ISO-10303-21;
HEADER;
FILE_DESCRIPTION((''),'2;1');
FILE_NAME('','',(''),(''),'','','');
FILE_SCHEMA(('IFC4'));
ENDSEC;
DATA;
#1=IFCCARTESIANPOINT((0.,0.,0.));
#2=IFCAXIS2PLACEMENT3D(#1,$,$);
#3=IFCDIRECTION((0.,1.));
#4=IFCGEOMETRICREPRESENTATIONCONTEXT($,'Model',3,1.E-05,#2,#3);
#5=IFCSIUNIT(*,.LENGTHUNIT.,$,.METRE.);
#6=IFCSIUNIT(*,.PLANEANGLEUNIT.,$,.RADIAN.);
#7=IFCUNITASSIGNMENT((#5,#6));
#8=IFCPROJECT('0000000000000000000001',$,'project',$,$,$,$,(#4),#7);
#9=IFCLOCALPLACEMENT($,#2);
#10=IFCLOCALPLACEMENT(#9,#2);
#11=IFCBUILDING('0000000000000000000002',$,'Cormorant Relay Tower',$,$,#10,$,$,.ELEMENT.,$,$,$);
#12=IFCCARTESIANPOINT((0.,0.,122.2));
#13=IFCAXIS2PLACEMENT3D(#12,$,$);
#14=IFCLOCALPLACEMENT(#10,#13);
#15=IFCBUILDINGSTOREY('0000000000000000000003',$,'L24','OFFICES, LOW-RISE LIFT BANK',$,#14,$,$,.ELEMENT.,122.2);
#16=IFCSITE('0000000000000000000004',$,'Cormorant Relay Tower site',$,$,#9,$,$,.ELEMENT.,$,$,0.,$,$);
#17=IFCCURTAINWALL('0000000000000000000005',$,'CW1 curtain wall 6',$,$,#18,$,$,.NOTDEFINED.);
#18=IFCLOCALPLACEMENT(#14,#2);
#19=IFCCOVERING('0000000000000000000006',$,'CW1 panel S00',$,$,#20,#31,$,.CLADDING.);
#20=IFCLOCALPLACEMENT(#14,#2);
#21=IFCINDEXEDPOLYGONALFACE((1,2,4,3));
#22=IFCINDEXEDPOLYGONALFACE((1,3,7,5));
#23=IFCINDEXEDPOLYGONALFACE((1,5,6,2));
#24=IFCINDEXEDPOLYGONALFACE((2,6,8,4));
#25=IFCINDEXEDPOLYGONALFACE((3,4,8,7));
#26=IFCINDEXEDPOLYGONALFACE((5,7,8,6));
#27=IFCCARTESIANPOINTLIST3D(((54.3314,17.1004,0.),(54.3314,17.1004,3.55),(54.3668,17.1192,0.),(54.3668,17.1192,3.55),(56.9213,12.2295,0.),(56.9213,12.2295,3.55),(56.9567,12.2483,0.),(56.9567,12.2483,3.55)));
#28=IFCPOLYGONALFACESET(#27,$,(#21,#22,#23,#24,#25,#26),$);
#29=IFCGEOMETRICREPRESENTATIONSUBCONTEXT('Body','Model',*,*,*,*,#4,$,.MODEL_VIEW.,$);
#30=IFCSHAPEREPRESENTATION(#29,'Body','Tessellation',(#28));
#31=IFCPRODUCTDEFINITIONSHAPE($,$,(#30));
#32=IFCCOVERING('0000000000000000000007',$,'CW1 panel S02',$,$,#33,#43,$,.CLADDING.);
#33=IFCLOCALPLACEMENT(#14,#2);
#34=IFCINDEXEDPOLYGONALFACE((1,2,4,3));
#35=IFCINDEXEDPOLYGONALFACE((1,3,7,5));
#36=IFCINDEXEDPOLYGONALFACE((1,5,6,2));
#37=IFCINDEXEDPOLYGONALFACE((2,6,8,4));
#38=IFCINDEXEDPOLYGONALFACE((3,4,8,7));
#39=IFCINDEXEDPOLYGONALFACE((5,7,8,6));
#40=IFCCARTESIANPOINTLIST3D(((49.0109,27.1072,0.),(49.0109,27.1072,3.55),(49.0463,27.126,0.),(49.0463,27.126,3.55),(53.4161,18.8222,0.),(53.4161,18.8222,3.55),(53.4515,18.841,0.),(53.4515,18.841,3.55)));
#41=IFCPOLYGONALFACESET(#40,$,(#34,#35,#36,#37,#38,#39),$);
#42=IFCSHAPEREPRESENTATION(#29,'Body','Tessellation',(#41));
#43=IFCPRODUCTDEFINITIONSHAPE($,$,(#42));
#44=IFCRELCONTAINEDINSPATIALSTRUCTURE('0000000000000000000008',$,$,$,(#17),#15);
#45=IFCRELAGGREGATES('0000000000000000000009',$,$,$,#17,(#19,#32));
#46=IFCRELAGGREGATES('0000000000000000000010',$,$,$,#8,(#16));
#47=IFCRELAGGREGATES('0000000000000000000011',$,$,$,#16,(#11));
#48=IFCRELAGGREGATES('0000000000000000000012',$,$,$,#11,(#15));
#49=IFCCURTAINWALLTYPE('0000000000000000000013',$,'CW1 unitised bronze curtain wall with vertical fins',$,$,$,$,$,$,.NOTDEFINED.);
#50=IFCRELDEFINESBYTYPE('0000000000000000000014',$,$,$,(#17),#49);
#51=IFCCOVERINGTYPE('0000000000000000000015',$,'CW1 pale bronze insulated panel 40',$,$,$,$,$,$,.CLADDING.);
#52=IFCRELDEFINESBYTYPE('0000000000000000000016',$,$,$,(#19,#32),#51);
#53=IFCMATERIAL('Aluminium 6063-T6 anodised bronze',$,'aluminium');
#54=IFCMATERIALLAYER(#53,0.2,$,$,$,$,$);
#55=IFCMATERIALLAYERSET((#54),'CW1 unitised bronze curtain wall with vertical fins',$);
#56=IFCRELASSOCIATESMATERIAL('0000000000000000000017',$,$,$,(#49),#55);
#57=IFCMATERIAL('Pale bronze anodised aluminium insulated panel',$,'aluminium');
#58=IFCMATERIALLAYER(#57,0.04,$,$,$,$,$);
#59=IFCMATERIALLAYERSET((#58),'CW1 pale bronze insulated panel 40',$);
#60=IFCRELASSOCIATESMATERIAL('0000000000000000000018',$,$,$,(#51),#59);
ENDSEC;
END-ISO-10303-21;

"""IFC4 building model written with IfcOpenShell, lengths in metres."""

from ifc_helpers import new_model, si_unit, direction, frame, origin, origin_2d, place, context, subcontext, project, spatial, rectangle, extrude, material, layer, layer_set, type_object, element, aggregate, save


model = new_model("IFC4")

# Units and contexts
model_context = context("Model", 3, precision=1e-05, world=origin(), true_north=direction((0.0, 1.0)))
body_context = subcontext(model_context, "Body", "Model", "MODEL_VIEW")
ifc_project = project(units=[si_unit("LENGTHUNIT", "METRE"), si_unit("PLANEANGLEUNIT", "RADIAN")], contexts=[model_context])

# Site, building, storey
site_placement = place(None, origin())
site = spatial("IfcSite", under=ifc_project, at=site_placement, Name="Cormorant Relay Tower site", CompositionType="ELEMENT", RefElevation=0.0)
building_placement = place(site_placement, origin())
building = spatial("IfcBuilding", under=site, at=building_placement, Name="Cormorant Relay Tower", CompositionType="ELEMENT")
storey_placement = place(building_placement, frame((0.0, 0.0, 122.2)))
storey = spatial("IfcBuildingStorey", under=building, at=storey_placement, Name="L24", Description="OFFICES, LOW-RISE LIFT BANK", CompositionType="ELEMENT", Elevation=122.2)

# Curtain wall
ifc_material_1 = material(Name="Aluminium 6063-T6 anodised bronze", Category="aluminium")
ifc_layer_1 = layer(ifc_material_1, 0.2)
ifc_layer_set_1 = layer_set([ifc_layer_1], Name="CW1 unitised bronze curtain wall with vertical fins")
curtain_wall_type = type_object("IfcCurtainWallType", Name="CW1 unitised bronze curtain wall with vertical fins", PredefinedType="NOTDEFINED", material=ifc_layer_set_1)
curtain_wall_placement = place(storey_placement, origin())
curtain_wall = element("IfcCurtainWall", 1, at=curtain_wall_placement, inside=storey, type_object=curtain_wall_type, Name="CW1 curtain wall 6", PredefinedType="NOTDEFINED")

# Coverings
ifc_material_2 = material(Name="Pale bronze anodised aluminium insulated panel", Category="aluminium")
ifc_layer_2 = layer(ifc_material_2, 0.04)
ifc_layer_set_2 = layer_set([ifc_layer_2], Name="CW1 pale bronze insulated panel 40")
covering_type = type_object("IfcCoveringType", Name="CW1 pale bronze insulated panel 40", PredefinedType="CLADDING", material=ifc_layer_set_2)
covering_1_placement = place(storey_placement, frame((55.644, 14.6743, 0.0), z_axis=(0.0, 0.0, 1.0), x_axis=(-0.469472, 0.882948, 0.0)))
covering_1 = element("IfcCovering", 2, at=covering_1_placement, type_object=covering_type, Name="CW1 panel S00", PredefinedType="CLADDING", context=body_context, shape_type="SweptSolid", body=[
    extrude(rectangle(XDim=5.5166, YDim=0.04, at=origin_2d()), origin(), (0.0, 0.0, 1.0), 3.55),
])
covering_2_placement = place(storey_placement, frame((51.2312, 22.9741, 0.0), z_axis=(0.0, 0.0, 1.0), x_axis=(-0.469472, 0.882948, 0.0)))
covering_2 = element("IfcCovering", 3, at=covering_2_placement, type_object=covering_type, Name="CW1 panel S02", PredefinedType="CLADDING", context=body_context, shape_type="SweptSolid", body=[
    extrude(rectangle(XDim=9.3833, YDim=0.04, at=origin_2d()), origin(), (0.0, 0.0, 1.0), 3.55),
])
aggregate(curtain_wall, [covering_1, covering_2])

save(model, "model.ifc")
